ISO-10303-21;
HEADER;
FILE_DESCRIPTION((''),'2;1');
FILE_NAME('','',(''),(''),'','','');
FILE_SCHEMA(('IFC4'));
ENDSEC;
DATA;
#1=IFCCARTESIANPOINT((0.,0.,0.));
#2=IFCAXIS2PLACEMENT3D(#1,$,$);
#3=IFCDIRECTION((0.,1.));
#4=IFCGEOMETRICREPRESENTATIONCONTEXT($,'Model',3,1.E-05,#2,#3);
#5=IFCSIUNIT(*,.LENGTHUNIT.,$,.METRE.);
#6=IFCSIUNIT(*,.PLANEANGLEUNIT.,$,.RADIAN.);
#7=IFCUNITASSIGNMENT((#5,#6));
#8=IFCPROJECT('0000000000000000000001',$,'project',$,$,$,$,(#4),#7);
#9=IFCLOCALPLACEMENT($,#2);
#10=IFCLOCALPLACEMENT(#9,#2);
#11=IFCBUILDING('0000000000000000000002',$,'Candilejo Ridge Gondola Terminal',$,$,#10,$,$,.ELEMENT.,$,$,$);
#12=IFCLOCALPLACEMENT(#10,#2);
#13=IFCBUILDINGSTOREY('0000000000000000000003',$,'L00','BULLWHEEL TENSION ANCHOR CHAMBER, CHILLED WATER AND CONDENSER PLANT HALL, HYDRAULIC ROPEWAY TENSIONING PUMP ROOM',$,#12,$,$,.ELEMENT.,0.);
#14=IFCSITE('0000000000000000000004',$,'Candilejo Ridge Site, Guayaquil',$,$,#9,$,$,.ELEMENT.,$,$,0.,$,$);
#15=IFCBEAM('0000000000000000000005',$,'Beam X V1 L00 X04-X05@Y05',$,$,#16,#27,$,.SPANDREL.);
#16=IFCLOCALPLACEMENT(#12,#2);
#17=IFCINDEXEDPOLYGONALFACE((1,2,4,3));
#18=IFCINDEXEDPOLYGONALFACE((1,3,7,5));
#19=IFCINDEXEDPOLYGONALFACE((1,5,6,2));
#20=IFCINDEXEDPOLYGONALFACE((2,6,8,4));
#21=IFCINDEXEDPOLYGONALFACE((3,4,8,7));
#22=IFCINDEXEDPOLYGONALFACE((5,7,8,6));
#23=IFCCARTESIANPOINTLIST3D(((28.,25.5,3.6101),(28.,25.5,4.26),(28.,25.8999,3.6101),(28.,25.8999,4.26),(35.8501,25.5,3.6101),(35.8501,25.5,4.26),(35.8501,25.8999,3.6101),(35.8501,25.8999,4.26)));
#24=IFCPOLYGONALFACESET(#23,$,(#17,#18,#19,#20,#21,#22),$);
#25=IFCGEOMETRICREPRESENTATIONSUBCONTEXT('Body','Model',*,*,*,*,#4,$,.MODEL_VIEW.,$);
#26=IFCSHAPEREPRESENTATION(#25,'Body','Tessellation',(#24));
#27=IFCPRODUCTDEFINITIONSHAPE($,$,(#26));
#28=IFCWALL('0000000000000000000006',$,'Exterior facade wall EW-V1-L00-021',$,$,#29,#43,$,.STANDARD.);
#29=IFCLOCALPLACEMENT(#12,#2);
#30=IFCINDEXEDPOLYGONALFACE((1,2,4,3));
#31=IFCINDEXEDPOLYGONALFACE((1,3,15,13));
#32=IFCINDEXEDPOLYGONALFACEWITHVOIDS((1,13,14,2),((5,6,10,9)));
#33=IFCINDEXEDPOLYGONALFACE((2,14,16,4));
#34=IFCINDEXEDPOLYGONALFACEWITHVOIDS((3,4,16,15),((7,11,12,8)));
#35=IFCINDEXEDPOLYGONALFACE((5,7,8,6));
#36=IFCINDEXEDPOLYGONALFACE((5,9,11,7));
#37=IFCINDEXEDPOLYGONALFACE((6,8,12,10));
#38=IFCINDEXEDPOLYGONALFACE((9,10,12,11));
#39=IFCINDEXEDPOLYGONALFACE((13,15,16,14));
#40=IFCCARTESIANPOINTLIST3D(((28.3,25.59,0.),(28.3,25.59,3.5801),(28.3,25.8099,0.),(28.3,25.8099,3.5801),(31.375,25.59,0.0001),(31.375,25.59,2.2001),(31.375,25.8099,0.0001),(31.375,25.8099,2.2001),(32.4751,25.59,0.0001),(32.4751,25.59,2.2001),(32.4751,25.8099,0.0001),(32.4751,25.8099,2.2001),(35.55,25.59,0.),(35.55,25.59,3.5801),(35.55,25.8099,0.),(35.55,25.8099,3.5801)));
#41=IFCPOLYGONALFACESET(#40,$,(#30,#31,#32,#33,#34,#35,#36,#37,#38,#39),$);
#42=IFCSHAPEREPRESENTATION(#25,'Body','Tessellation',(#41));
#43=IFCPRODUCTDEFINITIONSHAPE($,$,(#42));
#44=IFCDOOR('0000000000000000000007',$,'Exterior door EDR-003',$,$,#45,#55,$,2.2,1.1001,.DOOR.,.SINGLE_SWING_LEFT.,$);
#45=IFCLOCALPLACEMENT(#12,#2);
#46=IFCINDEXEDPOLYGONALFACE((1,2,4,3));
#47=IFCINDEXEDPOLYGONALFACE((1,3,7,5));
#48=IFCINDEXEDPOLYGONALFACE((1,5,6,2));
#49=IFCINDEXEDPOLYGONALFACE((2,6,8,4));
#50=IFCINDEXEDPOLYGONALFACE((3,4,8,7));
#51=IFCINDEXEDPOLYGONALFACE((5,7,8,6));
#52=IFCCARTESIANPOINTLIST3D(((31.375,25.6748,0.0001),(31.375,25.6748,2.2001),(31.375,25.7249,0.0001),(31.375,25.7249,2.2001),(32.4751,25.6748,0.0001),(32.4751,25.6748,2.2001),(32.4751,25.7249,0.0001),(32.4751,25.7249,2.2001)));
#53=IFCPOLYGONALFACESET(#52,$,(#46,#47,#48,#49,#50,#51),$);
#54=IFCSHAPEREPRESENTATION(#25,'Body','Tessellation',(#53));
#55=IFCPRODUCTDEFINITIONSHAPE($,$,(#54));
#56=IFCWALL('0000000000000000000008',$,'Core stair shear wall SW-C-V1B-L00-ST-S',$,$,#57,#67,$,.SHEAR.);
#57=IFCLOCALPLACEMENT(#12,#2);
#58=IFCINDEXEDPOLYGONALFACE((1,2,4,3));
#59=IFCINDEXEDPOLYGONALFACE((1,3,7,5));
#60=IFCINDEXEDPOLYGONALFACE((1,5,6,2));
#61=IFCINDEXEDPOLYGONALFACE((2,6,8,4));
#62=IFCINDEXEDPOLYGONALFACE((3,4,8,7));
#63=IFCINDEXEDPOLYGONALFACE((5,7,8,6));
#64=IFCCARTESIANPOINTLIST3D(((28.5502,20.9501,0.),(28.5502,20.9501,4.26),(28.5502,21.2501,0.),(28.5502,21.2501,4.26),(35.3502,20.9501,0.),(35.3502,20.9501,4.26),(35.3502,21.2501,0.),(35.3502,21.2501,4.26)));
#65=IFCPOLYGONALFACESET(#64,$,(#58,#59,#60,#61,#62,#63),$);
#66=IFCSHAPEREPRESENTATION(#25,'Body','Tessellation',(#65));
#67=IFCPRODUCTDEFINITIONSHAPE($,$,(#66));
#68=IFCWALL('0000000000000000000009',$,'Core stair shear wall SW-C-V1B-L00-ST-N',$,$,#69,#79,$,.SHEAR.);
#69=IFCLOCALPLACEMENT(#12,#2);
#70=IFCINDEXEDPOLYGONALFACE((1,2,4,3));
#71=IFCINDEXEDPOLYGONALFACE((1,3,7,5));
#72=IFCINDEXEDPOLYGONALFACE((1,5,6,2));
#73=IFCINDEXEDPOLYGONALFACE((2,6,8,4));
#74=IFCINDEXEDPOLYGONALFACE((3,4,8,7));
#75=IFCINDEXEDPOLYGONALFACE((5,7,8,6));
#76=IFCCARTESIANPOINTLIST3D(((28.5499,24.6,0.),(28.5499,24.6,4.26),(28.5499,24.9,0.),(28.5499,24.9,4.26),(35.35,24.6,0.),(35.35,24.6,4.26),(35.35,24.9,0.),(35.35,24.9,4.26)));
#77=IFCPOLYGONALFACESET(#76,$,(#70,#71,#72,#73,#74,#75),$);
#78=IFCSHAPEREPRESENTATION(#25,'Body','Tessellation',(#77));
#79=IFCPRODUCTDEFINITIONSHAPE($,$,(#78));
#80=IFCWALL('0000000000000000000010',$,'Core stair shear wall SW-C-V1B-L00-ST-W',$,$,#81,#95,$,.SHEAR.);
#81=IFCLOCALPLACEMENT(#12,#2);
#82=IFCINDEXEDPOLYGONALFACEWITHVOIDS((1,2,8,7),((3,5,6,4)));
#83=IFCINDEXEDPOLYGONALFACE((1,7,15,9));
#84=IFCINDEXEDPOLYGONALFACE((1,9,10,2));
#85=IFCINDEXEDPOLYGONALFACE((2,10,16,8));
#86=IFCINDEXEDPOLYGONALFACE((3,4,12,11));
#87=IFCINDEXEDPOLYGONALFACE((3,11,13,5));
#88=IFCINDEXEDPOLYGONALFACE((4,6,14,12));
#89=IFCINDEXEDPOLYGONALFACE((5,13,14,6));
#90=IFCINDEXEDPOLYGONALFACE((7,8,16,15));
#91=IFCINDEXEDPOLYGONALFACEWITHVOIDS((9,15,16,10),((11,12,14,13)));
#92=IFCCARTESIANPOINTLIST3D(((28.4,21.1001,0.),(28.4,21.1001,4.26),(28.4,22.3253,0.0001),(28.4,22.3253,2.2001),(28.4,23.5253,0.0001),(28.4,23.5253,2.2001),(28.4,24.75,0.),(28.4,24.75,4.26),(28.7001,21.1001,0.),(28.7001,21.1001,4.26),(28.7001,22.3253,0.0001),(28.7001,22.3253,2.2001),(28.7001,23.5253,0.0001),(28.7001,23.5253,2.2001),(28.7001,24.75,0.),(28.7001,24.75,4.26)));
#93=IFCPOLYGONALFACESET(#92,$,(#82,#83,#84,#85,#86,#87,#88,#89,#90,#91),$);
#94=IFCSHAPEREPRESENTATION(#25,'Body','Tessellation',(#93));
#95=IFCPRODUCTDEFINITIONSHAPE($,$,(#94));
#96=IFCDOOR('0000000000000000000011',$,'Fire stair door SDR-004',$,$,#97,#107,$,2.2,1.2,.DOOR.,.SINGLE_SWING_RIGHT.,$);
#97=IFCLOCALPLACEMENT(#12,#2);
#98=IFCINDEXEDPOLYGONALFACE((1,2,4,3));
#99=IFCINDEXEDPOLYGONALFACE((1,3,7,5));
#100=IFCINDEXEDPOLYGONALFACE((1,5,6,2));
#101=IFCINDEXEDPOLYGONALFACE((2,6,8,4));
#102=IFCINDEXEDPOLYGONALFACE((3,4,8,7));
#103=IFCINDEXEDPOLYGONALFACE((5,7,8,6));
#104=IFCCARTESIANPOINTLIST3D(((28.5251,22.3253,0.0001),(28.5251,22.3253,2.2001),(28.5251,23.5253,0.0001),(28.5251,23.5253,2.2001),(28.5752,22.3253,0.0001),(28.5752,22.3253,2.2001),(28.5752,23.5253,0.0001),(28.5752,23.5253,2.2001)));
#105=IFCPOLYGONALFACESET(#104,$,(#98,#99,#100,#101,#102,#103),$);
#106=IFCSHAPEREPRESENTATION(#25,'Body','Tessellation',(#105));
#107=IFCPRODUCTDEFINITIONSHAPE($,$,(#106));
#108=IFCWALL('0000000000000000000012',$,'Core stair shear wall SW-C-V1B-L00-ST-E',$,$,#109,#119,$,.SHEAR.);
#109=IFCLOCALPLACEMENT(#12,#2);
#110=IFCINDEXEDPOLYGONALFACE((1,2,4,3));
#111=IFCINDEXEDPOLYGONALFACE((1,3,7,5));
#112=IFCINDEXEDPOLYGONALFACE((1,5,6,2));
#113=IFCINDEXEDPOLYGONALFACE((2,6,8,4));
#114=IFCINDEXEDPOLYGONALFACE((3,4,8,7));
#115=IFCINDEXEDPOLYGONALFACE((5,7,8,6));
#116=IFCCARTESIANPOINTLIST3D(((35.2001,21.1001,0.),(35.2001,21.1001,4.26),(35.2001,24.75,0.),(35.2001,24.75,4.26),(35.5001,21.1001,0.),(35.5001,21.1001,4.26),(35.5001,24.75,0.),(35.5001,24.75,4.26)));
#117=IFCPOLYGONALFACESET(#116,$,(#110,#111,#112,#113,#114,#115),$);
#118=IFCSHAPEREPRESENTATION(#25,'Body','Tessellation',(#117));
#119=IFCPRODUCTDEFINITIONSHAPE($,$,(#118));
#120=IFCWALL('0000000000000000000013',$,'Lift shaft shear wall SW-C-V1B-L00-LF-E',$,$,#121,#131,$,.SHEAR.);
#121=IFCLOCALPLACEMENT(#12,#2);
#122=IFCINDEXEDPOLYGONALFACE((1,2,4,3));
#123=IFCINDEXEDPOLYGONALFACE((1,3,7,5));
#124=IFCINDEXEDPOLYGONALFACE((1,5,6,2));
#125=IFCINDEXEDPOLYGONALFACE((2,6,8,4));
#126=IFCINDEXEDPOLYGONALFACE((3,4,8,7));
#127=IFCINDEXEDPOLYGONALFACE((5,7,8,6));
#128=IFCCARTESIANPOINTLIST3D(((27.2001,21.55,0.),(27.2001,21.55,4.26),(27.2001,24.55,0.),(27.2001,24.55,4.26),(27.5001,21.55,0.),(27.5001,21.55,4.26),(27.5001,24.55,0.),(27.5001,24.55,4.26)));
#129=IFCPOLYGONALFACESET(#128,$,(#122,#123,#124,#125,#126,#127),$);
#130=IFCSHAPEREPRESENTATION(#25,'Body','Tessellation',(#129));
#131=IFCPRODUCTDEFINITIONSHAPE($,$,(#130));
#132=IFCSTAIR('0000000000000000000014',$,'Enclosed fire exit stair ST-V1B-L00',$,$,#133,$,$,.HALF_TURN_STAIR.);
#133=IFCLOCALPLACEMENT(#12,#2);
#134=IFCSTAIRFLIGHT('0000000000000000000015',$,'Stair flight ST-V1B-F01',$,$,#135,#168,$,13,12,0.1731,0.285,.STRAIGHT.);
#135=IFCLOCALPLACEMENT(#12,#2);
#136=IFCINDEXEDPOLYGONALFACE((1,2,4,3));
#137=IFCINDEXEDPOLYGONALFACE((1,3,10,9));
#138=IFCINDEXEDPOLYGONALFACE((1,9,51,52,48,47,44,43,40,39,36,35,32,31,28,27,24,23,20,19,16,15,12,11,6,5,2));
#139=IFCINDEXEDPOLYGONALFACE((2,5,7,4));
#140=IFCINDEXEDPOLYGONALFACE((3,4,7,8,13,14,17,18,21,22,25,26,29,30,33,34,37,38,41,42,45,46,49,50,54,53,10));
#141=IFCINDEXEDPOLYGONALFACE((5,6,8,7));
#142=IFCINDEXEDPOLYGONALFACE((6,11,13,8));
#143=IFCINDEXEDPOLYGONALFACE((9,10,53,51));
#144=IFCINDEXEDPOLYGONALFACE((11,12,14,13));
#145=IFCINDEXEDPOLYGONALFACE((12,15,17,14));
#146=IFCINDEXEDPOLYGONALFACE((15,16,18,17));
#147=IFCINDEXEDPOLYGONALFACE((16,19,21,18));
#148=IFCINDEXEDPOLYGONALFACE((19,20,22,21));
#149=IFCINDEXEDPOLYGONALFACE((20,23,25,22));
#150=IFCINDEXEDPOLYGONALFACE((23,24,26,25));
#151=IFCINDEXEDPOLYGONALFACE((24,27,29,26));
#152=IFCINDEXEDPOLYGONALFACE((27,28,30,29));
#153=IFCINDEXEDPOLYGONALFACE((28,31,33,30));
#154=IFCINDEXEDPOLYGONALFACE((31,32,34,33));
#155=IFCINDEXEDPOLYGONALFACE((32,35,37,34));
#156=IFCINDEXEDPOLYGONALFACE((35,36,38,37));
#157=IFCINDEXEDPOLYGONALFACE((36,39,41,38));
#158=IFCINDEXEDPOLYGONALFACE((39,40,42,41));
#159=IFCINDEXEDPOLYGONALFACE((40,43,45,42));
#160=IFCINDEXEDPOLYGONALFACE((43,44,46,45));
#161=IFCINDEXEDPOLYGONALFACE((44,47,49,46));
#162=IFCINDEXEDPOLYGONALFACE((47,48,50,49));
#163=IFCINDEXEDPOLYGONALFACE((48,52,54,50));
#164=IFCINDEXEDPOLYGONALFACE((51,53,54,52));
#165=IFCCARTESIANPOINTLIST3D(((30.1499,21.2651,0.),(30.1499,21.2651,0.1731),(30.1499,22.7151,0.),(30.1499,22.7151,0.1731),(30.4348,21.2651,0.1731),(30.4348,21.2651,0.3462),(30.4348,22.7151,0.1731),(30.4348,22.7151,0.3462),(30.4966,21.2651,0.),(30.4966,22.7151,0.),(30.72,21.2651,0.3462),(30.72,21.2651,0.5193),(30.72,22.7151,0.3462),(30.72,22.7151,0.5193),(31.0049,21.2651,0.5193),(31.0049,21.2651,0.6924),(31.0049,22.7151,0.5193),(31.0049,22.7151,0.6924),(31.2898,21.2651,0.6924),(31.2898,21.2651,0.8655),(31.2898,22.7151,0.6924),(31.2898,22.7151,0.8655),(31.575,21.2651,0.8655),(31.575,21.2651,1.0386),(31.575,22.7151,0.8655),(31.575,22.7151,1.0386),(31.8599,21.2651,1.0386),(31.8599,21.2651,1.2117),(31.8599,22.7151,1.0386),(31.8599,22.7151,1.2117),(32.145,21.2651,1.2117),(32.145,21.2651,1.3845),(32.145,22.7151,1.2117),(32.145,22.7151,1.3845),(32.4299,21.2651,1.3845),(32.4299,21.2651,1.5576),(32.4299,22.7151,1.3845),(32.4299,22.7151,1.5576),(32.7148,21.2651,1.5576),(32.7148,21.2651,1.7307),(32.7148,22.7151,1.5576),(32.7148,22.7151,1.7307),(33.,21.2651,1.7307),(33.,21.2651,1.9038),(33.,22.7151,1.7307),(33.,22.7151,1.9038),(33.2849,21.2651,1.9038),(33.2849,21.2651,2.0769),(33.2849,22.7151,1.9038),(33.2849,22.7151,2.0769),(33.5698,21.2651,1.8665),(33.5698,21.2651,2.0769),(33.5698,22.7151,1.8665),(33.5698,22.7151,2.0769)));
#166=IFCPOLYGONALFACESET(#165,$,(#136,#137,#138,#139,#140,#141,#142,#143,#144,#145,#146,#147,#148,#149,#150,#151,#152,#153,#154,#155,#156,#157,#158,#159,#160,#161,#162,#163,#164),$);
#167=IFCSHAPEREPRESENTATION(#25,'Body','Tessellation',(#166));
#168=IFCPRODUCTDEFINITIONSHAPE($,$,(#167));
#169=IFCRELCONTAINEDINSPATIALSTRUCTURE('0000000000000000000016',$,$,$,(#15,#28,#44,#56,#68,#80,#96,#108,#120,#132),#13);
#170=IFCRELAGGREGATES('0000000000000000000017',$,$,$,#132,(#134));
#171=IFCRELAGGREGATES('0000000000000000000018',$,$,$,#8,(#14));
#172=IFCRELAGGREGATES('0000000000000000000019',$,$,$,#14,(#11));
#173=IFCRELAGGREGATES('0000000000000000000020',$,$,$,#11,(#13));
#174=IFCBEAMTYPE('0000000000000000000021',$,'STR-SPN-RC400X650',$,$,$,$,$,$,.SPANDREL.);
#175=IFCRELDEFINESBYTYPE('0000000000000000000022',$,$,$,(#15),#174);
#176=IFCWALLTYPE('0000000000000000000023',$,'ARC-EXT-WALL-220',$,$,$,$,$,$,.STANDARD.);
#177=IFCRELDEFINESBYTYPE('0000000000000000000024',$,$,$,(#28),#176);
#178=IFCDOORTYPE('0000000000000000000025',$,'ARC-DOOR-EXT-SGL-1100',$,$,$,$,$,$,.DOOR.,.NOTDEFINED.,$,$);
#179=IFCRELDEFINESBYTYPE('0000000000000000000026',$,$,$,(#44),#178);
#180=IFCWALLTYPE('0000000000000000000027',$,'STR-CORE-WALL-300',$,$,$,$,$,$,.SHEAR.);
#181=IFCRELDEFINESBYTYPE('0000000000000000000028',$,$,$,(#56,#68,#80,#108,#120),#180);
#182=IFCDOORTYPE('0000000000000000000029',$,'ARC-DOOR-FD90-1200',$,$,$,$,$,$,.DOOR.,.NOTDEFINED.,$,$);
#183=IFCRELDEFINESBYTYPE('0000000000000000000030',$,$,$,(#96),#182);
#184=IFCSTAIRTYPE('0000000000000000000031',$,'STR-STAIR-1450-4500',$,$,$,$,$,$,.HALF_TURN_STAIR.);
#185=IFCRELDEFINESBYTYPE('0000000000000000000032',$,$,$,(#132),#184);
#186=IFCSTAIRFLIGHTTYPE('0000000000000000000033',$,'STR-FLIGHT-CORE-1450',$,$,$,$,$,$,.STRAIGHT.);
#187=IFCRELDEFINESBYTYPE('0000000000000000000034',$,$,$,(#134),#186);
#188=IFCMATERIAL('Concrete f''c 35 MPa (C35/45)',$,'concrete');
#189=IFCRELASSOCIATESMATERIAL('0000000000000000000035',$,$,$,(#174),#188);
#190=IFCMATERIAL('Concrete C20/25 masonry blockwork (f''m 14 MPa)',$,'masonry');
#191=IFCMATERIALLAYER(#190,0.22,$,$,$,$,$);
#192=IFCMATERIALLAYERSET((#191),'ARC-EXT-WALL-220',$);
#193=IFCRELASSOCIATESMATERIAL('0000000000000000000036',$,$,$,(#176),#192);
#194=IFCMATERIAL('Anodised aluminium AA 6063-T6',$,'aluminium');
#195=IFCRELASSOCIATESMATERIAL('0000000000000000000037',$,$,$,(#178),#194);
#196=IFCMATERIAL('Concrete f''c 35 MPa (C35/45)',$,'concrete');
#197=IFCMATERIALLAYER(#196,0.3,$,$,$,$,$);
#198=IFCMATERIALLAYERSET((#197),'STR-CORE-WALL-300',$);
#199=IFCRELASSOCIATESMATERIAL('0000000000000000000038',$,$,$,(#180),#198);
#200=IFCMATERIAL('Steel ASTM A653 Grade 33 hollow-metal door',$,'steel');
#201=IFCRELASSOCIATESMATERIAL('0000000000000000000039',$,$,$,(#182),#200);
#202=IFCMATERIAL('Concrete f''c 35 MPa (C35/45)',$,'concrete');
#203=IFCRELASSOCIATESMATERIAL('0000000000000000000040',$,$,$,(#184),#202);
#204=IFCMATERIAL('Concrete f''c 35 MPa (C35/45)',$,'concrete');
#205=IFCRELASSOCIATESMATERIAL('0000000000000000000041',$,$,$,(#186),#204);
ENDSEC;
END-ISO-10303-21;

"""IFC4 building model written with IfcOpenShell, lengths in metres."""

from ifc_helpers import new_model, si_unit, direction, frame, frame_2d, origin, origin_2d, place, context, subcontext, project, spatial, polyline, rectangle, outline, extrude, material, layer, layer_set, material_profile, profile_set, type_object, element, fill, aggregate, save


model = new_model("IFC4")

# Units and contexts
model_context = context("Model", 3, precision=1e-05, world=origin(), true_north=direction((0.0, 1.0)))
body_context = subcontext(model_context, "Body", "Model", "MODEL_VIEW")
ifc_project = project(units=[si_unit("LENGTHUNIT", "METRE"), si_unit("PLANEANGLEUNIT", "RADIAN")], contexts=[model_context])

# Site, building, storey
site_placement = place(None, origin())
site = spatial("IfcSite", under=ifc_project, at=site_placement, Name="Candilejo Ridge Site, Guayaquil", CompositionType="ELEMENT", RefElevation=0.0)
building_placement = place(site_placement, origin())
building = spatial("IfcBuilding", under=site, at=building_placement, Name="Candilejo Ridge Gondola Terminal", CompositionType="ELEMENT")
storey_placement = place(building_placement, origin())
storey = spatial("IfcBuildingStorey", under=building, at=storey_placement, Name="L00", Description="BULLWHEEL TENSION ANCHOR CHAMBER, CHILLED WATER AND CONDENSER PLANT HALL, HYDRAULIC ROPEWAY TENSIONING PUMP ROOM", CompositionType="ELEMENT", Elevation=0.0)

# Beam
ifc_material_1 = material(Name="Concrete f'c 35 MPa (C35/45)", Category="concrete")
ifc_material_profile_1 = material_profile(ifc_material_1, rectangle(XDim=0.3999, YDim=0.6499, at=origin_2d()))
ifc_profile_set_1 = profile_set([ifc_material_profile_1], Name="Concrete f'c 35 MPa (C35/45)")
beam_type = type_object("IfcBeamType", Name="STR-SPN-RC400X650", PredefinedType="SPANDREL", material=ifc_profile_set_1)
beam_placement = place(storey_placement, frame((28.0, 25.7, 3.9351), z_axis=(1.0, 0.0, 0.0), x_axis=(0.0, 1.0, 0.0)))
element("IfcBeam", 1, at=beam_placement, inside=storey, type_object=beam_type, Name="Beam X V1 L00 X04-X05@Y05", PredefinedType="SPANDREL", context=body_context, shape_type="SweptSolid", body=[
    extrude(rectangle(XDim=0.3999, YDim=0.6499, at=origin_2d()), origin(), (0.0, 0.0, 1.0), 7.8501),
])

# Wall, opening, door
ifc_material_2 = material(Name="Concrete C20/25 masonry blockwork (f'm 14 MPa)", Category="masonry")
ifc_layer_1 = layer(ifc_material_2, 0.22)
ifc_layer_set_1 = layer_set([ifc_layer_1], Name="ARC-EXT-WALL-220")
wall_type_1 = type_object("IfcWallType", Name="ARC-EXT-WALL-220", PredefinedType="STANDARD", material=ifc_layer_set_1)
wall_1_placement = place(storey_placement, frame((28.3, 25.7, 0.0), z_axis=(0.0, 0.0, 1.0), x_axis=(1.0, 0.0, 0.0)))
wall_1 = element("IfcWall", 2, at=wall_1_placement, inside=storey, type_object=wall_type_1, Name="Exterior facade wall EW-V1-L00-021", PredefinedType="STANDARD", context=body_context, shape_type="SweptSolid", body=[
    extrude(rectangle(XDim=7.25, YDim=0.22, at=frame_2d((3.625, 0.0))), origin(), (0.0, 0.0, 1.0), 3.5801),
])
opening_1_placement = place(wall_1_placement, frame((3.075, 0.0, 0.0)))
opening_1 = element("IfcOpeningElement", 3, at=opening_1_placement, cuts=wall_1, PredefinedType="OPENING", context=body_context, shape_type="SweptSolid", body=[
    extrude(rectangle(XDim=1.1001, YDim=2.2, at=frame_2d((0.55, 1.1001))), frame((0.0, 0.1199, 0.0), z_axis=(0.0, -1.0, 0.0), x_axis=(1.0, 0.0, 0.0)), (0.0, 0.0, 1.0), 0.24),
])
ifc_material_3 = material(Name="Anodised aluminium AA 6063-T6", Category="aluminium")
door_type_1 = type_object("IfcDoorType", Name="ARC-DOOR-EXT-SGL-1100", OperationType="NOTDEFINED", PredefinedType="DOOR", material=ifc_material_3)
door_1_placement = place(opening_1_placement, origin())
door_1 = element("IfcDoor", 4, at=door_1_placement, inside=storey, type_object=door_type_1, Name="Exterior door EDR-003", OperationType="SINGLE_SWING_LEFT", OverallHeight=2.2, OverallWidth=1.1001, PredefinedType="DOOR", context=body_context, shape_type="SweptSolid", body=[
    extrude(rectangle(XDim=1.1001, YDim=2.2, at=frame_2d((0.55, 1.1001))), frame((0.0, 0.0249, 0.0), z_axis=(0.0, -1.0, 0.0), x_axis=(1.0, 0.0, 0.0)), (0.0, 0.0, 1.0), 0.05),
])
fill(opening_1, door_1)

# Walls
ifc_material_4 = material(Name="Concrete f'c 35 MPa (C35/45)", Category="concrete")
ifc_layer_2 = layer(ifc_material_4, 0.3)
ifc_layer_set_2 = layer_set([ifc_layer_2], Name="STR-CORE-WALL-300")
wall_type_2 = type_object("IfcWallType", Name="STR-CORE-WALL-300", PredefinedType="SHEAR", material=ifc_layer_set_2)
for number, where, z_axis, x_axis, name in (
    (5, (35.3501, 21.1001, 0.0), (0.0, 0.0, 1.0), (-1.0, 0.0, 0.0), "Core stair shear wall SW-C-V1B-L00-ST-S"),
    (6, (28.55, 24.75, 0.0), (0.0, 0.0, 1.0), (1.0, 0.0, 0.0), "Core stair shear wall SW-C-V1B-L00-ST-N"),
):
    element("IfcWall", number, at=place(storey_placement, frame(where, z_axis=z_axis, x_axis=x_axis)), inside=storey, type_object=wall_type_2, Name=name, PredefinedType="SHEAR", context=body_context, shape_type="SweptSolid", body=[
        extrude(rectangle(XDim=6.8, YDim=0.3, at=frame_2d((3.3999, 0.0))), origin(), (0.0, 0.0, 1.0), 4.26),
    ])

# Wall, opening, door
wall_2_placement = place(storey_placement, frame((28.55, 21.1001, 0.0), z_axis=(0.0, 0.0, 1.0), x_axis=(0.0, 1.0, 0.0)))
wall_2 = element("IfcWall", 7, at=wall_2_placement, inside=storey, type_object=wall_type_2, Name="Core stair shear wall SW-C-V1B-L00-ST-W", PredefinedType="SHEAR", context=body_context, shape_type="SweptSolid", body=[
    extrude(rectangle(XDim=3.6499, YDim=0.3, at=frame_2d((1.825, 0.0))), origin(), (0.0, 0.0, 1.0), 4.26),
])
opening_2_placement = place(wall_2_placement, frame((1.2251, 0.0, 0.0)))
opening_2 = element("IfcOpeningElement", 8, at=opening_2_placement, cuts=wall_2, PredefinedType="OPENING", context=body_context, shape_type="SweptSolid", body=[
    extrude(rectangle(XDim=1.2, YDim=2.2, at=frame_2d((0.6001, 1.1001))), frame((0.0, 0.1599, 0.0), z_axis=(0.0, -1.0, 0.0), x_axis=(1.0, 0.0, 0.0)), (0.0, 0.0, 1.0), 0.3201),
])
ifc_material_5 = material(Name="Steel ASTM A653 Grade 33 hollow-metal door", Category="steel")
door_type_2 = type_object("IfcDoorType", Name="ARC-DOOR-FD90-1200", OperationType="NOTDEFINED", PredefinedType="DOOR", material=ifc_material_5)
door_2_placement = place(opening_2_placement, origin())
door_2 = element("IfcDoor", 9, at=door_2_placement, inside=storey, type_object=door_type_2, Name="Fire stair door SDR-004", OperationType="SINGLE_SWING_RIGHT", OverallHeight=2.2, OverallWidth=1.2, PredefinedType="DOOR", context=body_context, shape_type="SweptSolid", body=[
    extrude(rectangle(XDim=1.2, YDim=2.2, at=frame_2d((0.6001, 1.1001))), frame((0.0, 0.0249, 0.0), z_axis=(0.0, -1.0, 0.0), x_axis=(1.0, 0.0, 0.0)), (0.0, 0.0, 1.0), 0.05),
])
fill(opening_2, door_2)

# Walls
wall_3_placement = place(storey_placement, frame((35.3501, 24.75, 0.0), z_axis=(0.0, 0.0, 1.0), x_axis=(0.0, -1.0, 0.0)))
element("IfcWall", 10, at=wall_3_placement, inside=storey, type_object=wall_type_2, Name="Core stair shear wall SW-C-V1B-L00-ST-E", PredefinedType="SHEAR", context=body_context, shape_type="SweptSolid", body=[
    extrude(rectangle(XDim=3.6499, YDim=0.3, at=frame_2d((1.825, 0.0))), origin(), (0.0, 0.0, 1.0), 4.26),
])
wall_4_placement = place(storey_placement, frame((27.3501, 21.55, 0.0), z_axis=(0.0, 0.0, 1.0), x_axis=(0.0, 1.0, 0.0)))
element("IfcWall", 11, at=wall_4_placement, inside=storey, type_object=wall_type_2, Name="Lift shaft shear wall SW-C-V1B-L00-LF-E", PredefinedType="SHEAR", context=body_context, shape_type="SweptSolid", body=[
    extrude(rectangle(XDim=3.0, YDim=0.3, at=frame_2d((1.5, 0.0))), origin(), (0.0, 0.0, 1.0), 4.26),
])

# Stair, stair flight
ifc_material_6 = material(Name="Concrete f'c 35 MPa (C35/45)", Category="concrete")
stair_type = type_object("IfcStairType", Name="STR-STAIR-1450-4500", PredefinedType="HALF_TURN_STAIR", material=ifc_material_6)
stair_placement = place(storey_placement, origin())
stair = element("IfcStair", 12, at=stair_placement, inside=storey, type_object=stair_type, Name="Enclosed fire exit stair ST-V1B-L00", PredefinedType="HALF_TURN_STAIR")
ifc_material_7 = material(Name="Concrete f'c 35 MPa (C35/45)", Category="concrete")
stair_flight_type = type_object("IfcStairFlightType", Name="STR-FLIGHT-CORE-1450", PredefinedType="STRAIGHT", material=ifc_material_7)
stair_flight_1_placement = place(storey_placement, frame((30.1499, 21.99, 0.0), z_axis=(0.0, 0.0, 1.0), x_axis=(1.0, 0.0, 0.0)))
stair_flight_1 = element("IfcStairFlight", 13, at=stair_flight_1_placement, type_object=stair_flight_type, Name="Stair flight ST-V1B-F01", NumberOfRisers=13, NumberOfTreads=12, PredefinedType="STRAIGHT", RiserHeight=0.1731, TreadLength=0.285, context=body_context, shape_type="SweptSolid", body=[
    extrude(outline(polyline([(0.0, 0.0), (0.0, 0.1731), (0.2849, 0.1731), (0.2849, 0.3462), (0.5701, 0.3462), (0.5701, 0.5193), (0.855, 0.5193), (0.855, 0.6924), (1.1399, 0.6924), (1.1399, 0.8655), (1.425, 0.8655), (1.425, 1.0386), (1.71, 1.0386), (1.71, 1.2117), (1.9951, 1.2117), (1.9951, 1.3845), (2.28, 1.3845), (2.28, 1.5576), (2.5649, 1.5576), (2.5649, 1.7307), (2.8501, 1.7307), (2.8501, 1.9038), (3.135, 1.9038), (3.135, 2.0769), (3.4199, 2.0769), (3.4199, 2.25), (3.4199, 1.8665), (0.3467, 0.0), (0.0, 0.0)])), frame((0.0, 0.7251, 0.0), z_axis=(0.0, -1.0, 0.0), x_axis=(1.0, 0.0, 0.0)), (0.0, 0.0, 1.0), 1.45),
])
aggregate(stair, [stair_flight_1])

save(model, "model.ifc")
